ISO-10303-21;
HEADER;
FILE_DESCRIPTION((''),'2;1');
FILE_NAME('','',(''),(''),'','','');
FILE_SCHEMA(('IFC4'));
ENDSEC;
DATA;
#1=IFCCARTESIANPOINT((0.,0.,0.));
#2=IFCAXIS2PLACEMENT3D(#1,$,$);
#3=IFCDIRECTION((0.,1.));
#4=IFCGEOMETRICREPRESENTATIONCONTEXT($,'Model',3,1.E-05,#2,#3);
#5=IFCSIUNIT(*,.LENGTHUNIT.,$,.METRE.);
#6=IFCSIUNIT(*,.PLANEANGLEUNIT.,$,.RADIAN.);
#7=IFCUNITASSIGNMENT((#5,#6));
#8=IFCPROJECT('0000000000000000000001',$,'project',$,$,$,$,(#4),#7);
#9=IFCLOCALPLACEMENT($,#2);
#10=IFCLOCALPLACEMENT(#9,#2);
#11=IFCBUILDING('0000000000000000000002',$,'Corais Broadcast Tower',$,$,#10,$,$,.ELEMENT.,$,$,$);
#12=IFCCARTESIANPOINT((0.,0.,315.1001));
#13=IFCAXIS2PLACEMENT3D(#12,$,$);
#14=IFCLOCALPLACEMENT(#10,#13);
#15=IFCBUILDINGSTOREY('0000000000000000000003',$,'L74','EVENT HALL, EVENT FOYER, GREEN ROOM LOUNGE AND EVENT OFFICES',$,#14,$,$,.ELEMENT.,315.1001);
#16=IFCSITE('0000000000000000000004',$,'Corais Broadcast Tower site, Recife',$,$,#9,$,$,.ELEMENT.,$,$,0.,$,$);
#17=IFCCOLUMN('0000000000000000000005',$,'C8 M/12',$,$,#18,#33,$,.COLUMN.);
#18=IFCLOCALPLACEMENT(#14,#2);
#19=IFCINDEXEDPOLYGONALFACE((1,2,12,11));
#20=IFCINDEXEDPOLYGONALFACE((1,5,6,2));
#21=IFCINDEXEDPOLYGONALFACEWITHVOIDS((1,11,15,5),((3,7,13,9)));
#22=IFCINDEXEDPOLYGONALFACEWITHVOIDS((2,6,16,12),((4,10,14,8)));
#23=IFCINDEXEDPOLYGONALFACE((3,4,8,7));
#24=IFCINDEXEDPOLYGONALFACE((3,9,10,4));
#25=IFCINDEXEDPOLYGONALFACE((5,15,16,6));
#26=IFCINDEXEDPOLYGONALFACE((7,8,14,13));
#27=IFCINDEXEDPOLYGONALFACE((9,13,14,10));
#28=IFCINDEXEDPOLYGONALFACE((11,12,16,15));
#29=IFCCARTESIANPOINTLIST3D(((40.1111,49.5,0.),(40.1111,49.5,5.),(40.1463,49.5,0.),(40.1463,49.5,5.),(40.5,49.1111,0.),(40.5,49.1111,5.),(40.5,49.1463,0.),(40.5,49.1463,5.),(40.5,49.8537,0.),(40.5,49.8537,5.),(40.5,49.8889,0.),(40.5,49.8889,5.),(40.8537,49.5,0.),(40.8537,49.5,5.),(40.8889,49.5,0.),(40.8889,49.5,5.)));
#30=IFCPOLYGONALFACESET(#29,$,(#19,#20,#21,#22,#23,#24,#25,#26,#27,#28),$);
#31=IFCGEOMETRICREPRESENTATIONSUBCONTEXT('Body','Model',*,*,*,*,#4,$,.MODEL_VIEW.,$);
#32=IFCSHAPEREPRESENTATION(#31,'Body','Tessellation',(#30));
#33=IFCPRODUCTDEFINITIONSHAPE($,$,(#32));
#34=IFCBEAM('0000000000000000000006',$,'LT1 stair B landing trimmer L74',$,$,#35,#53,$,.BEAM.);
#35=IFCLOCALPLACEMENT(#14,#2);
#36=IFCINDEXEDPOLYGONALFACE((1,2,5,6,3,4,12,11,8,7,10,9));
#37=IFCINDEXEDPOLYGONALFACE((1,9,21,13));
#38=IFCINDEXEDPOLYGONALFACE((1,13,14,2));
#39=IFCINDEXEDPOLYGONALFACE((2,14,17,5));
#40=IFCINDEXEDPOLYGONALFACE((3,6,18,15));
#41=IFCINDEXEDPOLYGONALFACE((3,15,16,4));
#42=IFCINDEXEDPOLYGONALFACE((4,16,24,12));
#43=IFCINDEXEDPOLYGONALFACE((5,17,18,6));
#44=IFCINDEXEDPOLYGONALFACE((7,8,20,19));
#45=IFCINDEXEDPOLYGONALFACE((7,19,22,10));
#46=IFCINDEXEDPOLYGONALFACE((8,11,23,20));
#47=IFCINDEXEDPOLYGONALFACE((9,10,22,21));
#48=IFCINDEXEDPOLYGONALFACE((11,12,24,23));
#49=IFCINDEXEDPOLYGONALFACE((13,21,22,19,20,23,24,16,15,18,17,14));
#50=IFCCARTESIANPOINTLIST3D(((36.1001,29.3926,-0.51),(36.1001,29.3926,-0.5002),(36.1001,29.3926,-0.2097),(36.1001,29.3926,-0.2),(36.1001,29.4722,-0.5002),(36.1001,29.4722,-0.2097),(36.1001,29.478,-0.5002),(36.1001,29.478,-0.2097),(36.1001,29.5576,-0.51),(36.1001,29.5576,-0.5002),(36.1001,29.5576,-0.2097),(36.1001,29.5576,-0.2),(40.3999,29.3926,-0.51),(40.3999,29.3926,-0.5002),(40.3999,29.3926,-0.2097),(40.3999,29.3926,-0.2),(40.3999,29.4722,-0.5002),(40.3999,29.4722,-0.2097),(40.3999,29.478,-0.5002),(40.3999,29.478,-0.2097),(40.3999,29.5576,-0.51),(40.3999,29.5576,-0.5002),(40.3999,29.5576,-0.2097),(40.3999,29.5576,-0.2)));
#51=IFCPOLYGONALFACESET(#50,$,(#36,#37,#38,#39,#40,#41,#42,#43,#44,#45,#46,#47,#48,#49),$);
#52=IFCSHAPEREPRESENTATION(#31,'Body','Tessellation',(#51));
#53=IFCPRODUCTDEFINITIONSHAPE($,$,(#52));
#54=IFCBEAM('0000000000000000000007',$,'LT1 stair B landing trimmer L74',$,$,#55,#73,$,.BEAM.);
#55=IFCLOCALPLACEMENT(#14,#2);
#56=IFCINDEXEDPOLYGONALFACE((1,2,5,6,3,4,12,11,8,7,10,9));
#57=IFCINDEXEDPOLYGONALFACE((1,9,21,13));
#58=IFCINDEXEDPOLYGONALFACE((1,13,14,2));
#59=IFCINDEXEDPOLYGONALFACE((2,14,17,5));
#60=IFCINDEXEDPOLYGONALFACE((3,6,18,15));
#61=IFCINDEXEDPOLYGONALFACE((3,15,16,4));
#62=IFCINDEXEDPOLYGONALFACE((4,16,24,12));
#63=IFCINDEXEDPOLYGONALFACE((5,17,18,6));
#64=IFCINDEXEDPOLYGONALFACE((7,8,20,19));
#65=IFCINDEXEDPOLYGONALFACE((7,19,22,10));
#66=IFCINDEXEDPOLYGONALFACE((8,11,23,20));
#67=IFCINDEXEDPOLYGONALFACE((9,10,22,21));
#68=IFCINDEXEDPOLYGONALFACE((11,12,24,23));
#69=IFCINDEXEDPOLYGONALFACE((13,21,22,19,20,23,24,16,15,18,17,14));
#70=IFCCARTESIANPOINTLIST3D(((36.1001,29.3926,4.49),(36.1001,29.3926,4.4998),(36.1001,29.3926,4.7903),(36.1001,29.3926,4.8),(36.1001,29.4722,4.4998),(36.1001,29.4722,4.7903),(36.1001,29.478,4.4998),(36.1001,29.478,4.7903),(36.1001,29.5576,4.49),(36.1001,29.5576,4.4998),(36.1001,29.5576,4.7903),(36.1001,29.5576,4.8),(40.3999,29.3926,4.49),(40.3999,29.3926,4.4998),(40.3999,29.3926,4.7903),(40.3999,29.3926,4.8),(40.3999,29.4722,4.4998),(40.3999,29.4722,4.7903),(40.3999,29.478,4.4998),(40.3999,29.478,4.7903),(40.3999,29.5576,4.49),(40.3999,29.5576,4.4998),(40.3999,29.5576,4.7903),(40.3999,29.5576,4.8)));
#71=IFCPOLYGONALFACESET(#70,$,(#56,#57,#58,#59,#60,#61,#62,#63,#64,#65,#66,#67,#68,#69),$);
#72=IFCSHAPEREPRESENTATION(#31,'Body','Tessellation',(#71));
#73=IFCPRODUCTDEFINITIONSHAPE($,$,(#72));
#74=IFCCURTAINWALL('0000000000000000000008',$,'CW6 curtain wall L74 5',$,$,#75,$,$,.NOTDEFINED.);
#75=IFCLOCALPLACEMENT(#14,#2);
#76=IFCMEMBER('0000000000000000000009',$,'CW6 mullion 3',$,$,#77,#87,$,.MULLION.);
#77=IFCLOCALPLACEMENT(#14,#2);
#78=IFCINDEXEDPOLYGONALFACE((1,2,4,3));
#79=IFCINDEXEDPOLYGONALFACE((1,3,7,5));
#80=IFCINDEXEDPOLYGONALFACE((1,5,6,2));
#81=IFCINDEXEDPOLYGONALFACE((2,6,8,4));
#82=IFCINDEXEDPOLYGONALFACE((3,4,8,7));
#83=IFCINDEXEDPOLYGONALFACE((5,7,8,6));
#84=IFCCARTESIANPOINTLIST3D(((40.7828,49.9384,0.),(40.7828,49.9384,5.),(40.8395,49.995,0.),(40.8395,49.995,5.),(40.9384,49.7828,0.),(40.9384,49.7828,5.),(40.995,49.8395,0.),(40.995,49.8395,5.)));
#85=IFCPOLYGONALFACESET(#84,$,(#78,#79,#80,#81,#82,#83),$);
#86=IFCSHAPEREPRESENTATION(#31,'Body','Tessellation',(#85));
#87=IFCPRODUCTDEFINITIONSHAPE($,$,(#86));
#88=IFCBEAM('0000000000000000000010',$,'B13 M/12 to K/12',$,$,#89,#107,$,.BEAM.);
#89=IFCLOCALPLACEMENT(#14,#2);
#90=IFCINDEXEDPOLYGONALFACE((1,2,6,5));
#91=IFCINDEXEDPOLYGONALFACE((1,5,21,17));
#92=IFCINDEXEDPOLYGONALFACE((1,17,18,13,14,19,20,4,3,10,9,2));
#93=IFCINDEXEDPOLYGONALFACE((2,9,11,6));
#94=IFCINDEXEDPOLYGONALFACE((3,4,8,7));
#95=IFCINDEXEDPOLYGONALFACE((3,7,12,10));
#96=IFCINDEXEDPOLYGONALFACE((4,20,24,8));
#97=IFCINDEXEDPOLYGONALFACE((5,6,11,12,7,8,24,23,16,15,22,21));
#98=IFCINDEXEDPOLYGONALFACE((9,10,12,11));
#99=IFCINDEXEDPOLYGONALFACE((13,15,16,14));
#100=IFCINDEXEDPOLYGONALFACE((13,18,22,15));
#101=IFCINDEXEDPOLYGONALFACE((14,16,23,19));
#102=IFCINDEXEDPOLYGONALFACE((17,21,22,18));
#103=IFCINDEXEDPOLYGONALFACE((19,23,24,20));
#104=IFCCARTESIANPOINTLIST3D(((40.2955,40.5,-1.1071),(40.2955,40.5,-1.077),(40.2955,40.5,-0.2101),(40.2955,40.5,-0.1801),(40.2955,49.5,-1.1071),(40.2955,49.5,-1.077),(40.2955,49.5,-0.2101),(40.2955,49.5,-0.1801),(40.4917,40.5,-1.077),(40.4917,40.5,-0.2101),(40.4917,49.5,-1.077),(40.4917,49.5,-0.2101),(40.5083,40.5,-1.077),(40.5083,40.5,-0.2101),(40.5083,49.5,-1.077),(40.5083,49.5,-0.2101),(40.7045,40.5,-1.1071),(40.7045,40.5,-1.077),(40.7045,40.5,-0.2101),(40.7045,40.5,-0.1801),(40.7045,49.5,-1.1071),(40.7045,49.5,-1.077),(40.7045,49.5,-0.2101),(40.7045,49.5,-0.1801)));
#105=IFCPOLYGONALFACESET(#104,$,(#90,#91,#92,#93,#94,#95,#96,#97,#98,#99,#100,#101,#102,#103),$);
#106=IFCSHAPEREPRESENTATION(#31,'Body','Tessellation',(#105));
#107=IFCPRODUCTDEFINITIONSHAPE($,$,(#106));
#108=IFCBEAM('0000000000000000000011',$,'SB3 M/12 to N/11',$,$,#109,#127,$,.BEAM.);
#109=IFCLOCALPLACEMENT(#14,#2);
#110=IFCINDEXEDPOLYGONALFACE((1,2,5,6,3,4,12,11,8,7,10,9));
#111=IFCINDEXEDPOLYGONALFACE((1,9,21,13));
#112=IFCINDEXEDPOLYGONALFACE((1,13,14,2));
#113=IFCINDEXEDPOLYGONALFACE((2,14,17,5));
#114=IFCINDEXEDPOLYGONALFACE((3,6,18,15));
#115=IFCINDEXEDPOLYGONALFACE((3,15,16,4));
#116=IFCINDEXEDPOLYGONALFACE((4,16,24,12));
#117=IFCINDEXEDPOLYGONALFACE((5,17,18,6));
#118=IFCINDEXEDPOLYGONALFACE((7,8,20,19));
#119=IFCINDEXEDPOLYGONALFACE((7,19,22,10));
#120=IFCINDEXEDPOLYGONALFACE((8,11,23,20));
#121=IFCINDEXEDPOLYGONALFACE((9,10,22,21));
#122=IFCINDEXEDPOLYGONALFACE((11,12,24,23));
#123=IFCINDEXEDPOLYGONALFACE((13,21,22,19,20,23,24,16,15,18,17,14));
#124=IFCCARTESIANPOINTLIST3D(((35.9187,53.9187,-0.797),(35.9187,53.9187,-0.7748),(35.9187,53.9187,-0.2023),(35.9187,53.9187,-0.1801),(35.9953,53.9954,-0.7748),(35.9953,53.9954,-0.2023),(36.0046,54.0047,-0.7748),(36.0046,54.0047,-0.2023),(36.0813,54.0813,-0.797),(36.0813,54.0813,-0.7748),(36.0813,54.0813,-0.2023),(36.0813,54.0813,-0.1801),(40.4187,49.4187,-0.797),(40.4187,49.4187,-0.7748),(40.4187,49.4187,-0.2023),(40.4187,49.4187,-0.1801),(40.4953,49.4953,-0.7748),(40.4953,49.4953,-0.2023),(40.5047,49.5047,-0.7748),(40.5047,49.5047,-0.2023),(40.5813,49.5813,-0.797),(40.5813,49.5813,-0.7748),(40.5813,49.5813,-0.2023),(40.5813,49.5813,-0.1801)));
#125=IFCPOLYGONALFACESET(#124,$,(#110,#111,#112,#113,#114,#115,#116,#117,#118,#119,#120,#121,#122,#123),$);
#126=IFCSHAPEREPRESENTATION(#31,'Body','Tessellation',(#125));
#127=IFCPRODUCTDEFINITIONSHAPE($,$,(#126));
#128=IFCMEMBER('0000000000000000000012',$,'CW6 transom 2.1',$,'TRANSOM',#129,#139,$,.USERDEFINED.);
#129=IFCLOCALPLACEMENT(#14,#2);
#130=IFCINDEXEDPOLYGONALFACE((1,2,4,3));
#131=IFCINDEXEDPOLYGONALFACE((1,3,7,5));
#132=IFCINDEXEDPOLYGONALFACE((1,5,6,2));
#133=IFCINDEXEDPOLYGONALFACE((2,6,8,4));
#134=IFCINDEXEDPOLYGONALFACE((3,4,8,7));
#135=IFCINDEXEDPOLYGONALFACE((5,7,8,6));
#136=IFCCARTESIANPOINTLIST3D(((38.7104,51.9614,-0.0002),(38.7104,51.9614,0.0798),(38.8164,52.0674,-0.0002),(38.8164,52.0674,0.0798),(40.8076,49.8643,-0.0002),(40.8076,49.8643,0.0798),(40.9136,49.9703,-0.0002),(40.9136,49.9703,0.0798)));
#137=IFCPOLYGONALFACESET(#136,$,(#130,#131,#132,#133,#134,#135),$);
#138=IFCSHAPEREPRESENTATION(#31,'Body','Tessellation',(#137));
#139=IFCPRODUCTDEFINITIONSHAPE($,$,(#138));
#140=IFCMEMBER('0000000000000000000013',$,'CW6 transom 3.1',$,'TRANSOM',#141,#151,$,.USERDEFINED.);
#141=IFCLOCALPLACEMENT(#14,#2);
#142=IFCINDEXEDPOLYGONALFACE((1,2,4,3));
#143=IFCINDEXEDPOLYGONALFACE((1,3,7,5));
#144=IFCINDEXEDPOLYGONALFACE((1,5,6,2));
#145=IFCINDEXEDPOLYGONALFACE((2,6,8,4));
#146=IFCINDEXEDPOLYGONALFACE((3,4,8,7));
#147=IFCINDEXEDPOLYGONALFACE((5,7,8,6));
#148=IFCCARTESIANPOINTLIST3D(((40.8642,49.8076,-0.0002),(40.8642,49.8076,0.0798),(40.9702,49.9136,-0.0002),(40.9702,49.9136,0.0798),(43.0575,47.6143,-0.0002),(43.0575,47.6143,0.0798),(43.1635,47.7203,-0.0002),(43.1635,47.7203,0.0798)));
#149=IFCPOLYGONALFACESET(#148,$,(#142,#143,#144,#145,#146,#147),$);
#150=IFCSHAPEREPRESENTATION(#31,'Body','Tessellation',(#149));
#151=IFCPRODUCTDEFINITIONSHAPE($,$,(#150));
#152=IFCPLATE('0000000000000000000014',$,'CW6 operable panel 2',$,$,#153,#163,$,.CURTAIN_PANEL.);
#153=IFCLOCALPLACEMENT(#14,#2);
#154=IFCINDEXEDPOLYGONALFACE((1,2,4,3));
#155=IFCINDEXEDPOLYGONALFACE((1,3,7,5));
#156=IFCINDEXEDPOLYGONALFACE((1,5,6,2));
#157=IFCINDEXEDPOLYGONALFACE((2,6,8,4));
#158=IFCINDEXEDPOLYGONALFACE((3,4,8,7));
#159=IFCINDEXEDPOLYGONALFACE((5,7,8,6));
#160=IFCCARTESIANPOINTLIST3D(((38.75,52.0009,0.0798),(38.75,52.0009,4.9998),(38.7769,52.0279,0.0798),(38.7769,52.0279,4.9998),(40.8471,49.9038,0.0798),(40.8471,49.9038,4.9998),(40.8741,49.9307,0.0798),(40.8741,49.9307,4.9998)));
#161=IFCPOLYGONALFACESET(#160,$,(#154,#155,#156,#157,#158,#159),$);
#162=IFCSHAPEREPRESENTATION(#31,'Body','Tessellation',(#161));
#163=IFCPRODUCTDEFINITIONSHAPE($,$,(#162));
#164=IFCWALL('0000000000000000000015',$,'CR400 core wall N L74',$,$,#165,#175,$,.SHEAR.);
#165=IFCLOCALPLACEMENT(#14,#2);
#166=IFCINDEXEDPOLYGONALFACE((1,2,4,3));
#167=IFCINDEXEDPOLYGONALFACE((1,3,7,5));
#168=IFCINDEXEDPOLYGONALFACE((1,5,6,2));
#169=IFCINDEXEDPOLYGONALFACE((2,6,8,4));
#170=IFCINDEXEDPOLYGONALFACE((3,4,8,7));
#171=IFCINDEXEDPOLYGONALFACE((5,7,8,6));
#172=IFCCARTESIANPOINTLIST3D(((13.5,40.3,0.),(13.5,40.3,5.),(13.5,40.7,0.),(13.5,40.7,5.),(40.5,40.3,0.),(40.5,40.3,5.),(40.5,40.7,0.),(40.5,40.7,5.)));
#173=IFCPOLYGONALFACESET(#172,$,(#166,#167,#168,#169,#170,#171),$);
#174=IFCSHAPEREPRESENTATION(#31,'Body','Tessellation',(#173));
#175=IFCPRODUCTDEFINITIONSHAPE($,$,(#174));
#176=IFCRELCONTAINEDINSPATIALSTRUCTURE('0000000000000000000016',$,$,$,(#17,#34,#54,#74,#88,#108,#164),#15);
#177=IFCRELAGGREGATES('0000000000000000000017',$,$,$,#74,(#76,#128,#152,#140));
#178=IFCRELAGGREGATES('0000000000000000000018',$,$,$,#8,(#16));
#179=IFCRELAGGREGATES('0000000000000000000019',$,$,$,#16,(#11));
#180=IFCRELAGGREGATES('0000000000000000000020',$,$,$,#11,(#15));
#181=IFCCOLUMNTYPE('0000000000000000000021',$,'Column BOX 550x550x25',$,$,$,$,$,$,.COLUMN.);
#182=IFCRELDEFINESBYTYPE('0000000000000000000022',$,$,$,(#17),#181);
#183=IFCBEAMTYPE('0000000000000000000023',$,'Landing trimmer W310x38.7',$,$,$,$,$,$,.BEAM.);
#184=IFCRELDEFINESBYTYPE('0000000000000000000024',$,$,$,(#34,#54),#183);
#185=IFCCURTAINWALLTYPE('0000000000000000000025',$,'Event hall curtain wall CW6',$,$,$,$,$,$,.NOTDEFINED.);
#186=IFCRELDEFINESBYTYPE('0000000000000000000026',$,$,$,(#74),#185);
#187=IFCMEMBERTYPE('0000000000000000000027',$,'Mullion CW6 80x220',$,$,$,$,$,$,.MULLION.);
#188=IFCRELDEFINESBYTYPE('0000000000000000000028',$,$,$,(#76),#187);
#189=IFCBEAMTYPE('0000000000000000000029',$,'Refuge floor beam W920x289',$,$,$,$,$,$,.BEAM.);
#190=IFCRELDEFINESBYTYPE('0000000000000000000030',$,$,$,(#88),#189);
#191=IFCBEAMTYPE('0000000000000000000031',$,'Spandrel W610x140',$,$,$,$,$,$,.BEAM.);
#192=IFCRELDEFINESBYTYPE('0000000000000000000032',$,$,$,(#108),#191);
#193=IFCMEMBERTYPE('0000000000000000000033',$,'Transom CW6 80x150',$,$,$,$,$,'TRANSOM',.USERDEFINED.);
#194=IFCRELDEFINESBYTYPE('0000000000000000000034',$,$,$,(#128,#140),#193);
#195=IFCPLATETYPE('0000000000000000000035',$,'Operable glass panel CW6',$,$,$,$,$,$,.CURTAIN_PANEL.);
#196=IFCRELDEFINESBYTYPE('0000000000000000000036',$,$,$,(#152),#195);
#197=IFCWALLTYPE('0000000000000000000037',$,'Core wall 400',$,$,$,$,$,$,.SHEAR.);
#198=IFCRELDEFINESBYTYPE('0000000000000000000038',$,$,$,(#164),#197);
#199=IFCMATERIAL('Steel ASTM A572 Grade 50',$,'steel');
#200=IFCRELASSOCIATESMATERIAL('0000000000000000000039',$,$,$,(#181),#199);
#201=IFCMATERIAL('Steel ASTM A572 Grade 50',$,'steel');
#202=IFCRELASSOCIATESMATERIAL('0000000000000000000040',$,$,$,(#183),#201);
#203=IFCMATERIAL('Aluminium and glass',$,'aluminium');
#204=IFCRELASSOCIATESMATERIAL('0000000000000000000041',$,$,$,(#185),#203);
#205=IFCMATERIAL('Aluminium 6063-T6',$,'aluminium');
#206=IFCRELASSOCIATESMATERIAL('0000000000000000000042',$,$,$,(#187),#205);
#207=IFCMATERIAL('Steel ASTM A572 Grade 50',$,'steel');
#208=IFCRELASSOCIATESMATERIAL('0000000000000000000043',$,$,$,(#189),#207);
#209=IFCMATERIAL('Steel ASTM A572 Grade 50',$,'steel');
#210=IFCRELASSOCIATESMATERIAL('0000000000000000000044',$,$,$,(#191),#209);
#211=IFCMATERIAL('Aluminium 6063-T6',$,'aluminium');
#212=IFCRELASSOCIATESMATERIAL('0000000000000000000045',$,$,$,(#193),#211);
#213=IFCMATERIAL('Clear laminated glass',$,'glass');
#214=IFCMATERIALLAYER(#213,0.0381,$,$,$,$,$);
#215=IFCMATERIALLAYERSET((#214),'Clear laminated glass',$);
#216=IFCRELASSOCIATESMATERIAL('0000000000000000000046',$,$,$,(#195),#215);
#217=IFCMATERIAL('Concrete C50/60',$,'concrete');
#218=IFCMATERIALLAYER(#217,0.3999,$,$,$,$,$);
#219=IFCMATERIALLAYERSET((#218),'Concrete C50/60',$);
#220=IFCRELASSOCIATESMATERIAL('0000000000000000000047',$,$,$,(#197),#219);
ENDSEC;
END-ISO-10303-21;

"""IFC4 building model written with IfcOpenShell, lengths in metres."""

from ifc_helpers import new_model, si_unit, direction, frame, frame_2d, origin, origin_2d, place, context, subcontext, project, spatial, rectangle, hollow_rectangle, i_section, extrude, material, layer, layer_set, material_profile, profile_set, type_object, element, aggregate, save


model = new_model("IFC4")

# Units and contexts
model_context = context("Model", 3, precision=1e-05, world=origin(), true_north=direction((0.0, 1.0)))
body_context = subcontext(model_context, "Body", "Model", "MODEL_VIEW")
ifc_project = project(units=[si_unit("LENGTHUNIT", "METRE"), si_unit("PLANEANGLEUNIT", "RADIAN")], contexts=[model_context])

# Site, building, storey
site_placement = place(None, origin())
site = spatial("IfcSite", under=ifc_project, at=site_placement, Name="Corais Broadcast Tower site, Recife", CompositionType="ELEMENT", RefElevation=0.0)
building_placement = place(site_placement, origin())
building = spatial("IfcBuilding", under=site, at=building_placement, Name="Corais Broadcast Tower", CompositionType="ELEMENT")
storey_placement = place(building_placement, frame((0.0, 0.0, 315.1001)))
storey = spatial("IfcBuildingStorey", under=building, at=storey_placement, Name="L74", Description="EVENT HALL, EVENT FOYER, GREEN ROOM LOUNGE AND EVENT OFFICES", CompositionType="ELEMENT", Elevation=315.1001)

# Column
ifc_material_1 = material(Name="Steel ASTM A572 Grade 50", Category="steel")
ifc_material_profile_1 = material_profile(ifc_material_1, hollow_rectangle(XDim=0.55, YDim=0.55, WallThickness=0.0249, at=origin_2d()), Name="BOX 550x550x25")
ifc_profile_set_1 = profile_set([ifc_material_profile_1], Name="Steel ASTM A572 Grade 50")
column_type = type_object("IfcColumnType", Name="Column BOX 550x550x25", PredefinedType="COLUMN", material=ifc_profile_set_1)
column_placement = place(storey_placement, frame((40.5, 49.5, 0.0), z_axis=(0.0, 0.0, 1.0), x_axis=(0.707107, 0.707107, 0.0)))
element("IfcColumn", 1, at=column_placement, inside=storey, type_object=column_type, Name="C8 M/12", PredefinedType="COLUMN", context=body_context, shape_type="SweptSolid", body=[
    extrude(hollow_rectangle(XDim=0.55, YDim=0.55, WallThickness=0.0249, at=origin_2d()), origin(), (0.0, 0.0, 1.0), 5.0),
])

# Beams
ifc_material_2 = material(Name="Steel ASTM A572 Grade 50", Category="steel")
ifc_material_profile_2 = material_profile(ifc_material_2, i_section(OverallWidth=0.165, OverallDepth=0.3101, WebThickness=0.0059, FlangeThickness=0.0098, at=origin_2d()), Name="W310x38.7")
ifc_profile_set_2 = profile_set([ifc_material_profile_2], Name="Steel ASTM A572 Grade 50")
beam_type_1 = type_object("IfcBeamType", Name="Landing trimmer W310x38.7", PredefinedType="BEAM", material=ifc_profile_set_2)
for number, where, z_axis, x_axis, name in (
    (2, (36.1001, 29.4751, -0.355), (1.0, 0.0, 0.0), (0.0, 1.0, 0.0), "LT1 stair B landing trimmer L74"),
    (3, (36.1001, 29.4751, 4.645), (1.0, 0.0, 0.0), (0.0, 1.0, 0.0), "LT1 stair B landing trimmer L74"),
):
    element("IfcBeam", number, at=place(storey_placement, frame(where, z_axis=z_axis, x_axis=x_axis)), inside=storey, type_object=beam_type_1, Name=name, PredefinedType="BEAM", context=body_context, shape_type="SweptSolid", body=[
        extrude(i_section(OverallWidth=0.165, OverallDepth=0.3101, WebThickness=0.0059, FlangeThickness=0.0098, at=origin_2d()), origin(), (0.0, 0.0, 1.0), 4.2998),
    ])

# Curtain wall, member
ifc_material_3 = material(Name="Aluminium and glass", Category="aluminium")
curtain_wall_type = type_object("IfcCurtainWallType", Name="Event hall curtain wall CW6", PredefinedType="NOTDEFINED", material=ifc_material_3)
curtain_wall_placement = place(storey_placement, origin())
curtain_wall = element("IfcCurtainWall", 4, at=curtain_wall_placement, inside=storey, type_object=curtain_wall_type, Name="CW6 curtain wall L74 5", PredefinedType="NOTDEFINED")
ifc_material_4 = material(Name="Aluminium 6063-T6", Category="aluminium")
ifc_material_profile_3 = material_profile(ifc_material_4, rectangle(XDim=0.0801, YDim=0.22, at=origin_2d()), Name="Mullion CW6 80x220")
ifc_profile_set_3 = profile_set([ifc_material_profile_3], Name="Aluminium 6063-T6")
member_type_1 = type_object("IfcMemberType", Name="Mullion CW6 80x220", PredefinedType="MULLION", material=ifc_profile_set_3)
member_1_placement = place(storey_placement, frame((40.8889, 49.8889, 0.0), z_axis=(0.0, 0.0, 1.0), x_axis=(0.707107, 0.707107, 0.0)))
member_1 = element("IfcMember", 5, at=member_1_placement, type_object=member_type_1, Name="CW6 mullion 3", PredefinedType="MULLION", context=body_context, shape_type="SweptSolid", body=[
    extrude(rectangle(XDim=0.0801, YDim=0.22, at=origin_2d()), origin(), (0.0, 0.0, 1.0), 5.0),
])

# Beams
ifc_material_5 = material(Name="Steel ASTM A572 Grade 50", Category="steel")
ifc_material_profile_4 = material_profile(ifc_material_5, i_section(OverallWidth=0.4089, OverallDepth=0.927, WebThickness=0.0166, FlangeThickness=0.03, at=origin_2d()), Name="W920x289")
ifc_profile_set_4 = profile_set([ifc_material_profile_4], Name="Steel ASTM A572 Grade 50")
beam_type_2 = type_object("IfcBeamType", Name="Refuge floor beam W920x289", PredefinedType="BEAM", material=ifc_profile_set_4)
beam_1_placement = place(storey_placement, frame((40.5, 49.5, -0.6436), z_axis=(0.0, -1.0, 0.0), x_axis=(1.0, 0.0, 0.0)))
element("IfcBeam", 6, at=beam_1_placement, inside=storey, type_object=beam_type_2, Name="B13 M/12 to K/12", PredefinedType="BEAM", context=body_context, shape_type="SweptSolid", body=[
    extrude(i_section(OverallWidth=0.4089, OverallDepth=0.927, WebThickness=0.0166, FlangeThickness=0.03, at=origin_2d()), origin(), (0.0, 0.0, 1.0), 9.0),
])
ifc_material_6 = material(Name="Steel ASTM A572 Grade 50", Category="steel")
ifc_material_profile_5 = material_profile(ifc_material_6, i_section(OverallWidth=0.23, OverallDepth=0.6169, WebThickness=0.0132, FlangeThickness=0.0222, at=origin_2d()), Name="W610x140")
ifc_profile_set_5 = profile_set([ifc_material_profile_5], Name="Steel ASTM A572 Grade 50")
beam_type_3 = type_object("IfcBeamType", Name="Spandrel W610x140", PredefinedType="BEAM", material=ifc_profile_set_5)
beam_2_placement = place(storey_placement, frame((40.5, 49.5, -0.4885), z_axis=(-0.707107, 0.707107, 0.0), x_axis=(-0.707107, -0.707107, 0.0)))
element("IfcBeam", 7, at=beam_2_placement, inside=storey, type_object=beam_type_3, Name="SB3 M/12 to N/11", PredefinedType="BEAM", context=body_context, shape_type="SweptSolid", body=[
    extrude(i_section(OverallWidth=0.23, OverallDepth=0.6169, WebThickness=0.0132, FlangeThickness=0.0222, at=origin_2d()), origin(), (0.0, 0.0, 1.0), 6.364),
])

# Members
ifc_material_7 = material(Name="Aluminium 6063-T6", Category="aluminium")
ifc_material_profile_6 = material_profile(ifc_material_7, rectangle(XDim=0.1499, YDim=0.0801, at=origin_2d()), Name="Transom CW6 80x150")
ifc_profile_set_6 = profile_set([ifc_material_profile_6], Name="Aluminium 6063-T6")
member_type_2 = type_object("IfcMemberType", Name="Transom CW6 80x150", ElementType="TRANSOM", PredefinedType="USERDEFINED", material=ifc_profile_set_6)
member_2_placement = place(storey_placement, frame((38.7634, 52.0144, 0.0398), z_axis=(0.707107, -0.707107, 0.0), x_axis=(0.707107, 0.707107, 0.0)))
member_2 = element("IfcMember", 8, at=member_2_placement, type_object=member_type_2, Name="CW6 transom 2.1", ObjectType="TRANSOM", PredefinedType="USERDEFINED", context=body_context, shape_type="SweptSolid", body=[
    extrude(rectangle(XDim=0.1499, YDim=0.0801, at=origin_2d()), origin(), (0.0, 0.0, 1.0), 2.9658),
])
member_3_placement = place(storey_placement, frame((40.9172, 49.8606, 0.0398), z_axis=(0.707107, -0.707107, 0.0), x_axis=(0.707107, 0.707107, 0.0)))
member_3 = element("IfcMember", 9, at=member_3_placement, type_object=member_type_2, Name="CW6 transom 3.1", ObjectType="TRANSOM", PredefinedType="USERDEFINED", context=body_context, shape_type="SweptSolid", body=[
    extrude(rectangle(XDim=0.1499, YDim=0.0801, at=origin_2d()), origin(), (0.0, 0.0, 1.0), 3.1018),
])

# Plate
ifc_material_8 = material(Name="Clear laminated glass", Category="glass")
ifc_layer_1 = layer(ifc_material_8, 0.0381)
ifc_layer_set_1 = layer_set([ifc_layer_1], Name="Clear laminated glass")
plate_type = type_object("IfcPlateType", Name="Operable glass panel CW6", PredefinedType="CURTAIN_PANEL", material=ifc_layer_set_1)
plate_placement = place(storey_placement, frame((39.812, 50.9658, 0.0798), z_axis=(0.0, 0.0, 1.0), x_axis=(0.707107, -0.707107, 0.0)))
plate = element("IfcPlate", 10, at=plate_placement, type_object=plate_type, Name="CW6 operable panel 2", PredefinedType="CURTAIN_PANEL", context=body_context, shape_type="SweptSolid", body=[
    extrude(rectangle(XDim=2.9658, YDim=0.0381, at=origin_2d()), origin(), (0.0, 0.0, 1.0), 4.9199),
])
aggregate(curtain_wall, [member_1, member_2, plate, member_3])

# Wall
ifc_material_9 = material(Name="Concrete C50/60", Category="concrete")
ifc_layer_2 = layer(ifc_material_9, 0.3999)
ifc_layer_set_2 = layer_set([ifc_layer_2], Name="Concrete C50/60")
wall_type_1 = type_object("IfcWallType", Name="Core wall 400", PredefinedType="SHEAR", material=ifc_layer_set_2)
wall_1_placement = place(storey_placement, frame((40.5, 40.5, 0.0), z_axis=(0.0, 0.0, 1.0), x_axis=(-1.0, 0.0, 0.0)))
element("IfcWall", 11, at=wall_1_placement, inside=storey, type_object=wall_type_1, Name="CR400 core wall N L74", PredefinedType="SHEAR", context=body_context, shape_type="SweptSolid", body=[
    extrude(rectangle(XDim=27.0, YDim=0.3999, at=frame_2d((13.5, 0.0))), origin(), (0.0, 0.0, 1.0), 5.0),
])

save(model, "model.ifc")
